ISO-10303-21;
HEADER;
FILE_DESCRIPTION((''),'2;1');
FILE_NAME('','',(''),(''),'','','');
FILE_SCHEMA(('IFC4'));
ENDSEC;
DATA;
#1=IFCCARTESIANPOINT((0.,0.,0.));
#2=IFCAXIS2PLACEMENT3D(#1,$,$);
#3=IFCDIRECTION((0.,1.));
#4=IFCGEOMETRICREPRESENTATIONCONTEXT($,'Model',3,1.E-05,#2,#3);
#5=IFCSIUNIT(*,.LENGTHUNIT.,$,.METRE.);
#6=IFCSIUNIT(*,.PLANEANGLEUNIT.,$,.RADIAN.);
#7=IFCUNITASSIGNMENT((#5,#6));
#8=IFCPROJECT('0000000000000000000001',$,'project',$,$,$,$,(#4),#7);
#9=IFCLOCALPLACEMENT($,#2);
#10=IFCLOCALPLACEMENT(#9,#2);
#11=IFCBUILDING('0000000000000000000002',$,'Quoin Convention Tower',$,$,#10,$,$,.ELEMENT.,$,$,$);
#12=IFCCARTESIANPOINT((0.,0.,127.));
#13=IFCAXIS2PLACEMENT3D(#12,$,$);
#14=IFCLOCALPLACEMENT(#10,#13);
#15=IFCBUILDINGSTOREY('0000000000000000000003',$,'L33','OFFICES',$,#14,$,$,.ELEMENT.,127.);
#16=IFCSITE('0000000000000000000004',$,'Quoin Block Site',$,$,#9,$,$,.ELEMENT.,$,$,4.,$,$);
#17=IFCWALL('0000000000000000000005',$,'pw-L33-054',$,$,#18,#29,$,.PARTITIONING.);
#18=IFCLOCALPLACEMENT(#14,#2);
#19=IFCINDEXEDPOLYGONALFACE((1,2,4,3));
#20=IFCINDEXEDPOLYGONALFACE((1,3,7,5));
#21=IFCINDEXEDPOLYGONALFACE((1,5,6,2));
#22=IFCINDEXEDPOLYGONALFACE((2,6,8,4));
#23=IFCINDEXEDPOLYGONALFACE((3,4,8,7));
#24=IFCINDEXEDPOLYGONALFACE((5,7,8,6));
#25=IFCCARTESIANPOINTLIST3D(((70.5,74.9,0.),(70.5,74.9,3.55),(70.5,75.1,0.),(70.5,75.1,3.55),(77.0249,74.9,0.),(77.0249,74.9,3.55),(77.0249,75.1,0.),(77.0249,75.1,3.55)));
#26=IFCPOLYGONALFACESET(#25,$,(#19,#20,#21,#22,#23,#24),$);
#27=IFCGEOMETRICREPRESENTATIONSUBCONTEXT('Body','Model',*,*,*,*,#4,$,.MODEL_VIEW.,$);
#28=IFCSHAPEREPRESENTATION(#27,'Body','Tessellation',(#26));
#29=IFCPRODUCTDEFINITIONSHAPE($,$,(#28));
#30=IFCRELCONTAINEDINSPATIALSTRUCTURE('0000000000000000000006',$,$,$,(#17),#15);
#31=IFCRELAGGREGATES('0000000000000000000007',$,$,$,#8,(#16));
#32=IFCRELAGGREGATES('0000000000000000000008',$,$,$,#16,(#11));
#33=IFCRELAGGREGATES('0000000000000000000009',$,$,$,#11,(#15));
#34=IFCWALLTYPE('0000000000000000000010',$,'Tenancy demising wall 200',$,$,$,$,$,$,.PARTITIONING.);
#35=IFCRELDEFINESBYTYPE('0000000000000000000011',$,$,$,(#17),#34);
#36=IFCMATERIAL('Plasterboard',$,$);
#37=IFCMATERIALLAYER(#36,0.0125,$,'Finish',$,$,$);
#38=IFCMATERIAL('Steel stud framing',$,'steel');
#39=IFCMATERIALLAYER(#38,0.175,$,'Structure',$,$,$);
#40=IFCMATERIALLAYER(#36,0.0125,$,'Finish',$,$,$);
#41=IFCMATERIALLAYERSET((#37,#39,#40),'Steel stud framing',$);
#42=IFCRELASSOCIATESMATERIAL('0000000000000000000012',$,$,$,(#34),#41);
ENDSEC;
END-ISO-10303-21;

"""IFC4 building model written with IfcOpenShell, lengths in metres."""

from ifc_helpers import new_model, si_unit, direction, frame, frame_2d, origin, place, context, subcontext, project, spatial, rectangle, extrude, material, layer, layer_set, type_object, element, save


model = new_model("IFC4")

# Units and contexts
model_context = context("Model", 3, precision=1e-05, world=origin(), true_north=direction((0.0, 1.0)))
body_context = subcontext(model_context, "Body", "Model", "MODEL_VIEW")
ifc_project = project(units=[si_unit("LENGTHUNIT", "METRE"), si_unit("PLANEANGLEUNIT", "RADIAN")], contexts=[model_context])

# Site, building, storey
site_placement = place(None, origin())
site = spatial("IfcSite", under=ifc_project, at=site_placement, Name="Quoin Block Site", CompositionType="ELEMENT", RefElevation=4.0)
building_placement = place(site_placement, origin())
building = spatial("IfcBuilding", under=site, at=building_placement, Name="Quoin Convention Tower", CompositionType="ELEMENT")
storey_placement = place(building_placement, frame((0.0, 0.0, 127.0)))
storey = spatial("IfcBuildingStorey", under=building, at=storey_placement, Name="L33", Description="OFFICES", CompositionType="ELEMENT", Elevation=127.0)

# Shared definitions
ifc_material_1 = material(Name="Plasterboard")
ifc_material_2 = material(Name="Steel stud framing", Category="steel")

# Wall
ifc_layer_1 = layer(ifc_material_1, 0.0125, Name="Finish")
ifc_layer_2 = layer(ifc_material_2, 0.175, Name="Structure")
ifc_layer_3 = layer(ifc_material_1, 0.0125, Name="Finish")
ifc_layer_set_1 = layer_set([ifc_layer_1, ifc_layer_2, ifc_layer_3], Name="Steel stud framing")
wall_type_1 = type_object("IfcWallType", Name="Tenancy demising wall 200", PredefinedType="PARTITIONING", material=ifc_layer_set_1)
wall_1_placement = place(storey_placement, frame((70.5, 75.0, 0.0), z_axis=(0.0, 0.0, 1.0), x_axis=(1.0, 0.0, 0.0)))
element("IfcWall", 1, at=wall_1_placement, inside=storey, type_object=wall_type_1, Name="pw-L33-054", PredefinedType="PARTITIONING", context=body_context, shape_type="SweptSolid", body=[
    extrude(rectangle(XDim=6.5249, YDim=0.2, at=frame_2d((3.2625, 0.0))), origin(), (0.0, 0.0, 1.0), 3.55),
])

save(model, "model.ifc")
